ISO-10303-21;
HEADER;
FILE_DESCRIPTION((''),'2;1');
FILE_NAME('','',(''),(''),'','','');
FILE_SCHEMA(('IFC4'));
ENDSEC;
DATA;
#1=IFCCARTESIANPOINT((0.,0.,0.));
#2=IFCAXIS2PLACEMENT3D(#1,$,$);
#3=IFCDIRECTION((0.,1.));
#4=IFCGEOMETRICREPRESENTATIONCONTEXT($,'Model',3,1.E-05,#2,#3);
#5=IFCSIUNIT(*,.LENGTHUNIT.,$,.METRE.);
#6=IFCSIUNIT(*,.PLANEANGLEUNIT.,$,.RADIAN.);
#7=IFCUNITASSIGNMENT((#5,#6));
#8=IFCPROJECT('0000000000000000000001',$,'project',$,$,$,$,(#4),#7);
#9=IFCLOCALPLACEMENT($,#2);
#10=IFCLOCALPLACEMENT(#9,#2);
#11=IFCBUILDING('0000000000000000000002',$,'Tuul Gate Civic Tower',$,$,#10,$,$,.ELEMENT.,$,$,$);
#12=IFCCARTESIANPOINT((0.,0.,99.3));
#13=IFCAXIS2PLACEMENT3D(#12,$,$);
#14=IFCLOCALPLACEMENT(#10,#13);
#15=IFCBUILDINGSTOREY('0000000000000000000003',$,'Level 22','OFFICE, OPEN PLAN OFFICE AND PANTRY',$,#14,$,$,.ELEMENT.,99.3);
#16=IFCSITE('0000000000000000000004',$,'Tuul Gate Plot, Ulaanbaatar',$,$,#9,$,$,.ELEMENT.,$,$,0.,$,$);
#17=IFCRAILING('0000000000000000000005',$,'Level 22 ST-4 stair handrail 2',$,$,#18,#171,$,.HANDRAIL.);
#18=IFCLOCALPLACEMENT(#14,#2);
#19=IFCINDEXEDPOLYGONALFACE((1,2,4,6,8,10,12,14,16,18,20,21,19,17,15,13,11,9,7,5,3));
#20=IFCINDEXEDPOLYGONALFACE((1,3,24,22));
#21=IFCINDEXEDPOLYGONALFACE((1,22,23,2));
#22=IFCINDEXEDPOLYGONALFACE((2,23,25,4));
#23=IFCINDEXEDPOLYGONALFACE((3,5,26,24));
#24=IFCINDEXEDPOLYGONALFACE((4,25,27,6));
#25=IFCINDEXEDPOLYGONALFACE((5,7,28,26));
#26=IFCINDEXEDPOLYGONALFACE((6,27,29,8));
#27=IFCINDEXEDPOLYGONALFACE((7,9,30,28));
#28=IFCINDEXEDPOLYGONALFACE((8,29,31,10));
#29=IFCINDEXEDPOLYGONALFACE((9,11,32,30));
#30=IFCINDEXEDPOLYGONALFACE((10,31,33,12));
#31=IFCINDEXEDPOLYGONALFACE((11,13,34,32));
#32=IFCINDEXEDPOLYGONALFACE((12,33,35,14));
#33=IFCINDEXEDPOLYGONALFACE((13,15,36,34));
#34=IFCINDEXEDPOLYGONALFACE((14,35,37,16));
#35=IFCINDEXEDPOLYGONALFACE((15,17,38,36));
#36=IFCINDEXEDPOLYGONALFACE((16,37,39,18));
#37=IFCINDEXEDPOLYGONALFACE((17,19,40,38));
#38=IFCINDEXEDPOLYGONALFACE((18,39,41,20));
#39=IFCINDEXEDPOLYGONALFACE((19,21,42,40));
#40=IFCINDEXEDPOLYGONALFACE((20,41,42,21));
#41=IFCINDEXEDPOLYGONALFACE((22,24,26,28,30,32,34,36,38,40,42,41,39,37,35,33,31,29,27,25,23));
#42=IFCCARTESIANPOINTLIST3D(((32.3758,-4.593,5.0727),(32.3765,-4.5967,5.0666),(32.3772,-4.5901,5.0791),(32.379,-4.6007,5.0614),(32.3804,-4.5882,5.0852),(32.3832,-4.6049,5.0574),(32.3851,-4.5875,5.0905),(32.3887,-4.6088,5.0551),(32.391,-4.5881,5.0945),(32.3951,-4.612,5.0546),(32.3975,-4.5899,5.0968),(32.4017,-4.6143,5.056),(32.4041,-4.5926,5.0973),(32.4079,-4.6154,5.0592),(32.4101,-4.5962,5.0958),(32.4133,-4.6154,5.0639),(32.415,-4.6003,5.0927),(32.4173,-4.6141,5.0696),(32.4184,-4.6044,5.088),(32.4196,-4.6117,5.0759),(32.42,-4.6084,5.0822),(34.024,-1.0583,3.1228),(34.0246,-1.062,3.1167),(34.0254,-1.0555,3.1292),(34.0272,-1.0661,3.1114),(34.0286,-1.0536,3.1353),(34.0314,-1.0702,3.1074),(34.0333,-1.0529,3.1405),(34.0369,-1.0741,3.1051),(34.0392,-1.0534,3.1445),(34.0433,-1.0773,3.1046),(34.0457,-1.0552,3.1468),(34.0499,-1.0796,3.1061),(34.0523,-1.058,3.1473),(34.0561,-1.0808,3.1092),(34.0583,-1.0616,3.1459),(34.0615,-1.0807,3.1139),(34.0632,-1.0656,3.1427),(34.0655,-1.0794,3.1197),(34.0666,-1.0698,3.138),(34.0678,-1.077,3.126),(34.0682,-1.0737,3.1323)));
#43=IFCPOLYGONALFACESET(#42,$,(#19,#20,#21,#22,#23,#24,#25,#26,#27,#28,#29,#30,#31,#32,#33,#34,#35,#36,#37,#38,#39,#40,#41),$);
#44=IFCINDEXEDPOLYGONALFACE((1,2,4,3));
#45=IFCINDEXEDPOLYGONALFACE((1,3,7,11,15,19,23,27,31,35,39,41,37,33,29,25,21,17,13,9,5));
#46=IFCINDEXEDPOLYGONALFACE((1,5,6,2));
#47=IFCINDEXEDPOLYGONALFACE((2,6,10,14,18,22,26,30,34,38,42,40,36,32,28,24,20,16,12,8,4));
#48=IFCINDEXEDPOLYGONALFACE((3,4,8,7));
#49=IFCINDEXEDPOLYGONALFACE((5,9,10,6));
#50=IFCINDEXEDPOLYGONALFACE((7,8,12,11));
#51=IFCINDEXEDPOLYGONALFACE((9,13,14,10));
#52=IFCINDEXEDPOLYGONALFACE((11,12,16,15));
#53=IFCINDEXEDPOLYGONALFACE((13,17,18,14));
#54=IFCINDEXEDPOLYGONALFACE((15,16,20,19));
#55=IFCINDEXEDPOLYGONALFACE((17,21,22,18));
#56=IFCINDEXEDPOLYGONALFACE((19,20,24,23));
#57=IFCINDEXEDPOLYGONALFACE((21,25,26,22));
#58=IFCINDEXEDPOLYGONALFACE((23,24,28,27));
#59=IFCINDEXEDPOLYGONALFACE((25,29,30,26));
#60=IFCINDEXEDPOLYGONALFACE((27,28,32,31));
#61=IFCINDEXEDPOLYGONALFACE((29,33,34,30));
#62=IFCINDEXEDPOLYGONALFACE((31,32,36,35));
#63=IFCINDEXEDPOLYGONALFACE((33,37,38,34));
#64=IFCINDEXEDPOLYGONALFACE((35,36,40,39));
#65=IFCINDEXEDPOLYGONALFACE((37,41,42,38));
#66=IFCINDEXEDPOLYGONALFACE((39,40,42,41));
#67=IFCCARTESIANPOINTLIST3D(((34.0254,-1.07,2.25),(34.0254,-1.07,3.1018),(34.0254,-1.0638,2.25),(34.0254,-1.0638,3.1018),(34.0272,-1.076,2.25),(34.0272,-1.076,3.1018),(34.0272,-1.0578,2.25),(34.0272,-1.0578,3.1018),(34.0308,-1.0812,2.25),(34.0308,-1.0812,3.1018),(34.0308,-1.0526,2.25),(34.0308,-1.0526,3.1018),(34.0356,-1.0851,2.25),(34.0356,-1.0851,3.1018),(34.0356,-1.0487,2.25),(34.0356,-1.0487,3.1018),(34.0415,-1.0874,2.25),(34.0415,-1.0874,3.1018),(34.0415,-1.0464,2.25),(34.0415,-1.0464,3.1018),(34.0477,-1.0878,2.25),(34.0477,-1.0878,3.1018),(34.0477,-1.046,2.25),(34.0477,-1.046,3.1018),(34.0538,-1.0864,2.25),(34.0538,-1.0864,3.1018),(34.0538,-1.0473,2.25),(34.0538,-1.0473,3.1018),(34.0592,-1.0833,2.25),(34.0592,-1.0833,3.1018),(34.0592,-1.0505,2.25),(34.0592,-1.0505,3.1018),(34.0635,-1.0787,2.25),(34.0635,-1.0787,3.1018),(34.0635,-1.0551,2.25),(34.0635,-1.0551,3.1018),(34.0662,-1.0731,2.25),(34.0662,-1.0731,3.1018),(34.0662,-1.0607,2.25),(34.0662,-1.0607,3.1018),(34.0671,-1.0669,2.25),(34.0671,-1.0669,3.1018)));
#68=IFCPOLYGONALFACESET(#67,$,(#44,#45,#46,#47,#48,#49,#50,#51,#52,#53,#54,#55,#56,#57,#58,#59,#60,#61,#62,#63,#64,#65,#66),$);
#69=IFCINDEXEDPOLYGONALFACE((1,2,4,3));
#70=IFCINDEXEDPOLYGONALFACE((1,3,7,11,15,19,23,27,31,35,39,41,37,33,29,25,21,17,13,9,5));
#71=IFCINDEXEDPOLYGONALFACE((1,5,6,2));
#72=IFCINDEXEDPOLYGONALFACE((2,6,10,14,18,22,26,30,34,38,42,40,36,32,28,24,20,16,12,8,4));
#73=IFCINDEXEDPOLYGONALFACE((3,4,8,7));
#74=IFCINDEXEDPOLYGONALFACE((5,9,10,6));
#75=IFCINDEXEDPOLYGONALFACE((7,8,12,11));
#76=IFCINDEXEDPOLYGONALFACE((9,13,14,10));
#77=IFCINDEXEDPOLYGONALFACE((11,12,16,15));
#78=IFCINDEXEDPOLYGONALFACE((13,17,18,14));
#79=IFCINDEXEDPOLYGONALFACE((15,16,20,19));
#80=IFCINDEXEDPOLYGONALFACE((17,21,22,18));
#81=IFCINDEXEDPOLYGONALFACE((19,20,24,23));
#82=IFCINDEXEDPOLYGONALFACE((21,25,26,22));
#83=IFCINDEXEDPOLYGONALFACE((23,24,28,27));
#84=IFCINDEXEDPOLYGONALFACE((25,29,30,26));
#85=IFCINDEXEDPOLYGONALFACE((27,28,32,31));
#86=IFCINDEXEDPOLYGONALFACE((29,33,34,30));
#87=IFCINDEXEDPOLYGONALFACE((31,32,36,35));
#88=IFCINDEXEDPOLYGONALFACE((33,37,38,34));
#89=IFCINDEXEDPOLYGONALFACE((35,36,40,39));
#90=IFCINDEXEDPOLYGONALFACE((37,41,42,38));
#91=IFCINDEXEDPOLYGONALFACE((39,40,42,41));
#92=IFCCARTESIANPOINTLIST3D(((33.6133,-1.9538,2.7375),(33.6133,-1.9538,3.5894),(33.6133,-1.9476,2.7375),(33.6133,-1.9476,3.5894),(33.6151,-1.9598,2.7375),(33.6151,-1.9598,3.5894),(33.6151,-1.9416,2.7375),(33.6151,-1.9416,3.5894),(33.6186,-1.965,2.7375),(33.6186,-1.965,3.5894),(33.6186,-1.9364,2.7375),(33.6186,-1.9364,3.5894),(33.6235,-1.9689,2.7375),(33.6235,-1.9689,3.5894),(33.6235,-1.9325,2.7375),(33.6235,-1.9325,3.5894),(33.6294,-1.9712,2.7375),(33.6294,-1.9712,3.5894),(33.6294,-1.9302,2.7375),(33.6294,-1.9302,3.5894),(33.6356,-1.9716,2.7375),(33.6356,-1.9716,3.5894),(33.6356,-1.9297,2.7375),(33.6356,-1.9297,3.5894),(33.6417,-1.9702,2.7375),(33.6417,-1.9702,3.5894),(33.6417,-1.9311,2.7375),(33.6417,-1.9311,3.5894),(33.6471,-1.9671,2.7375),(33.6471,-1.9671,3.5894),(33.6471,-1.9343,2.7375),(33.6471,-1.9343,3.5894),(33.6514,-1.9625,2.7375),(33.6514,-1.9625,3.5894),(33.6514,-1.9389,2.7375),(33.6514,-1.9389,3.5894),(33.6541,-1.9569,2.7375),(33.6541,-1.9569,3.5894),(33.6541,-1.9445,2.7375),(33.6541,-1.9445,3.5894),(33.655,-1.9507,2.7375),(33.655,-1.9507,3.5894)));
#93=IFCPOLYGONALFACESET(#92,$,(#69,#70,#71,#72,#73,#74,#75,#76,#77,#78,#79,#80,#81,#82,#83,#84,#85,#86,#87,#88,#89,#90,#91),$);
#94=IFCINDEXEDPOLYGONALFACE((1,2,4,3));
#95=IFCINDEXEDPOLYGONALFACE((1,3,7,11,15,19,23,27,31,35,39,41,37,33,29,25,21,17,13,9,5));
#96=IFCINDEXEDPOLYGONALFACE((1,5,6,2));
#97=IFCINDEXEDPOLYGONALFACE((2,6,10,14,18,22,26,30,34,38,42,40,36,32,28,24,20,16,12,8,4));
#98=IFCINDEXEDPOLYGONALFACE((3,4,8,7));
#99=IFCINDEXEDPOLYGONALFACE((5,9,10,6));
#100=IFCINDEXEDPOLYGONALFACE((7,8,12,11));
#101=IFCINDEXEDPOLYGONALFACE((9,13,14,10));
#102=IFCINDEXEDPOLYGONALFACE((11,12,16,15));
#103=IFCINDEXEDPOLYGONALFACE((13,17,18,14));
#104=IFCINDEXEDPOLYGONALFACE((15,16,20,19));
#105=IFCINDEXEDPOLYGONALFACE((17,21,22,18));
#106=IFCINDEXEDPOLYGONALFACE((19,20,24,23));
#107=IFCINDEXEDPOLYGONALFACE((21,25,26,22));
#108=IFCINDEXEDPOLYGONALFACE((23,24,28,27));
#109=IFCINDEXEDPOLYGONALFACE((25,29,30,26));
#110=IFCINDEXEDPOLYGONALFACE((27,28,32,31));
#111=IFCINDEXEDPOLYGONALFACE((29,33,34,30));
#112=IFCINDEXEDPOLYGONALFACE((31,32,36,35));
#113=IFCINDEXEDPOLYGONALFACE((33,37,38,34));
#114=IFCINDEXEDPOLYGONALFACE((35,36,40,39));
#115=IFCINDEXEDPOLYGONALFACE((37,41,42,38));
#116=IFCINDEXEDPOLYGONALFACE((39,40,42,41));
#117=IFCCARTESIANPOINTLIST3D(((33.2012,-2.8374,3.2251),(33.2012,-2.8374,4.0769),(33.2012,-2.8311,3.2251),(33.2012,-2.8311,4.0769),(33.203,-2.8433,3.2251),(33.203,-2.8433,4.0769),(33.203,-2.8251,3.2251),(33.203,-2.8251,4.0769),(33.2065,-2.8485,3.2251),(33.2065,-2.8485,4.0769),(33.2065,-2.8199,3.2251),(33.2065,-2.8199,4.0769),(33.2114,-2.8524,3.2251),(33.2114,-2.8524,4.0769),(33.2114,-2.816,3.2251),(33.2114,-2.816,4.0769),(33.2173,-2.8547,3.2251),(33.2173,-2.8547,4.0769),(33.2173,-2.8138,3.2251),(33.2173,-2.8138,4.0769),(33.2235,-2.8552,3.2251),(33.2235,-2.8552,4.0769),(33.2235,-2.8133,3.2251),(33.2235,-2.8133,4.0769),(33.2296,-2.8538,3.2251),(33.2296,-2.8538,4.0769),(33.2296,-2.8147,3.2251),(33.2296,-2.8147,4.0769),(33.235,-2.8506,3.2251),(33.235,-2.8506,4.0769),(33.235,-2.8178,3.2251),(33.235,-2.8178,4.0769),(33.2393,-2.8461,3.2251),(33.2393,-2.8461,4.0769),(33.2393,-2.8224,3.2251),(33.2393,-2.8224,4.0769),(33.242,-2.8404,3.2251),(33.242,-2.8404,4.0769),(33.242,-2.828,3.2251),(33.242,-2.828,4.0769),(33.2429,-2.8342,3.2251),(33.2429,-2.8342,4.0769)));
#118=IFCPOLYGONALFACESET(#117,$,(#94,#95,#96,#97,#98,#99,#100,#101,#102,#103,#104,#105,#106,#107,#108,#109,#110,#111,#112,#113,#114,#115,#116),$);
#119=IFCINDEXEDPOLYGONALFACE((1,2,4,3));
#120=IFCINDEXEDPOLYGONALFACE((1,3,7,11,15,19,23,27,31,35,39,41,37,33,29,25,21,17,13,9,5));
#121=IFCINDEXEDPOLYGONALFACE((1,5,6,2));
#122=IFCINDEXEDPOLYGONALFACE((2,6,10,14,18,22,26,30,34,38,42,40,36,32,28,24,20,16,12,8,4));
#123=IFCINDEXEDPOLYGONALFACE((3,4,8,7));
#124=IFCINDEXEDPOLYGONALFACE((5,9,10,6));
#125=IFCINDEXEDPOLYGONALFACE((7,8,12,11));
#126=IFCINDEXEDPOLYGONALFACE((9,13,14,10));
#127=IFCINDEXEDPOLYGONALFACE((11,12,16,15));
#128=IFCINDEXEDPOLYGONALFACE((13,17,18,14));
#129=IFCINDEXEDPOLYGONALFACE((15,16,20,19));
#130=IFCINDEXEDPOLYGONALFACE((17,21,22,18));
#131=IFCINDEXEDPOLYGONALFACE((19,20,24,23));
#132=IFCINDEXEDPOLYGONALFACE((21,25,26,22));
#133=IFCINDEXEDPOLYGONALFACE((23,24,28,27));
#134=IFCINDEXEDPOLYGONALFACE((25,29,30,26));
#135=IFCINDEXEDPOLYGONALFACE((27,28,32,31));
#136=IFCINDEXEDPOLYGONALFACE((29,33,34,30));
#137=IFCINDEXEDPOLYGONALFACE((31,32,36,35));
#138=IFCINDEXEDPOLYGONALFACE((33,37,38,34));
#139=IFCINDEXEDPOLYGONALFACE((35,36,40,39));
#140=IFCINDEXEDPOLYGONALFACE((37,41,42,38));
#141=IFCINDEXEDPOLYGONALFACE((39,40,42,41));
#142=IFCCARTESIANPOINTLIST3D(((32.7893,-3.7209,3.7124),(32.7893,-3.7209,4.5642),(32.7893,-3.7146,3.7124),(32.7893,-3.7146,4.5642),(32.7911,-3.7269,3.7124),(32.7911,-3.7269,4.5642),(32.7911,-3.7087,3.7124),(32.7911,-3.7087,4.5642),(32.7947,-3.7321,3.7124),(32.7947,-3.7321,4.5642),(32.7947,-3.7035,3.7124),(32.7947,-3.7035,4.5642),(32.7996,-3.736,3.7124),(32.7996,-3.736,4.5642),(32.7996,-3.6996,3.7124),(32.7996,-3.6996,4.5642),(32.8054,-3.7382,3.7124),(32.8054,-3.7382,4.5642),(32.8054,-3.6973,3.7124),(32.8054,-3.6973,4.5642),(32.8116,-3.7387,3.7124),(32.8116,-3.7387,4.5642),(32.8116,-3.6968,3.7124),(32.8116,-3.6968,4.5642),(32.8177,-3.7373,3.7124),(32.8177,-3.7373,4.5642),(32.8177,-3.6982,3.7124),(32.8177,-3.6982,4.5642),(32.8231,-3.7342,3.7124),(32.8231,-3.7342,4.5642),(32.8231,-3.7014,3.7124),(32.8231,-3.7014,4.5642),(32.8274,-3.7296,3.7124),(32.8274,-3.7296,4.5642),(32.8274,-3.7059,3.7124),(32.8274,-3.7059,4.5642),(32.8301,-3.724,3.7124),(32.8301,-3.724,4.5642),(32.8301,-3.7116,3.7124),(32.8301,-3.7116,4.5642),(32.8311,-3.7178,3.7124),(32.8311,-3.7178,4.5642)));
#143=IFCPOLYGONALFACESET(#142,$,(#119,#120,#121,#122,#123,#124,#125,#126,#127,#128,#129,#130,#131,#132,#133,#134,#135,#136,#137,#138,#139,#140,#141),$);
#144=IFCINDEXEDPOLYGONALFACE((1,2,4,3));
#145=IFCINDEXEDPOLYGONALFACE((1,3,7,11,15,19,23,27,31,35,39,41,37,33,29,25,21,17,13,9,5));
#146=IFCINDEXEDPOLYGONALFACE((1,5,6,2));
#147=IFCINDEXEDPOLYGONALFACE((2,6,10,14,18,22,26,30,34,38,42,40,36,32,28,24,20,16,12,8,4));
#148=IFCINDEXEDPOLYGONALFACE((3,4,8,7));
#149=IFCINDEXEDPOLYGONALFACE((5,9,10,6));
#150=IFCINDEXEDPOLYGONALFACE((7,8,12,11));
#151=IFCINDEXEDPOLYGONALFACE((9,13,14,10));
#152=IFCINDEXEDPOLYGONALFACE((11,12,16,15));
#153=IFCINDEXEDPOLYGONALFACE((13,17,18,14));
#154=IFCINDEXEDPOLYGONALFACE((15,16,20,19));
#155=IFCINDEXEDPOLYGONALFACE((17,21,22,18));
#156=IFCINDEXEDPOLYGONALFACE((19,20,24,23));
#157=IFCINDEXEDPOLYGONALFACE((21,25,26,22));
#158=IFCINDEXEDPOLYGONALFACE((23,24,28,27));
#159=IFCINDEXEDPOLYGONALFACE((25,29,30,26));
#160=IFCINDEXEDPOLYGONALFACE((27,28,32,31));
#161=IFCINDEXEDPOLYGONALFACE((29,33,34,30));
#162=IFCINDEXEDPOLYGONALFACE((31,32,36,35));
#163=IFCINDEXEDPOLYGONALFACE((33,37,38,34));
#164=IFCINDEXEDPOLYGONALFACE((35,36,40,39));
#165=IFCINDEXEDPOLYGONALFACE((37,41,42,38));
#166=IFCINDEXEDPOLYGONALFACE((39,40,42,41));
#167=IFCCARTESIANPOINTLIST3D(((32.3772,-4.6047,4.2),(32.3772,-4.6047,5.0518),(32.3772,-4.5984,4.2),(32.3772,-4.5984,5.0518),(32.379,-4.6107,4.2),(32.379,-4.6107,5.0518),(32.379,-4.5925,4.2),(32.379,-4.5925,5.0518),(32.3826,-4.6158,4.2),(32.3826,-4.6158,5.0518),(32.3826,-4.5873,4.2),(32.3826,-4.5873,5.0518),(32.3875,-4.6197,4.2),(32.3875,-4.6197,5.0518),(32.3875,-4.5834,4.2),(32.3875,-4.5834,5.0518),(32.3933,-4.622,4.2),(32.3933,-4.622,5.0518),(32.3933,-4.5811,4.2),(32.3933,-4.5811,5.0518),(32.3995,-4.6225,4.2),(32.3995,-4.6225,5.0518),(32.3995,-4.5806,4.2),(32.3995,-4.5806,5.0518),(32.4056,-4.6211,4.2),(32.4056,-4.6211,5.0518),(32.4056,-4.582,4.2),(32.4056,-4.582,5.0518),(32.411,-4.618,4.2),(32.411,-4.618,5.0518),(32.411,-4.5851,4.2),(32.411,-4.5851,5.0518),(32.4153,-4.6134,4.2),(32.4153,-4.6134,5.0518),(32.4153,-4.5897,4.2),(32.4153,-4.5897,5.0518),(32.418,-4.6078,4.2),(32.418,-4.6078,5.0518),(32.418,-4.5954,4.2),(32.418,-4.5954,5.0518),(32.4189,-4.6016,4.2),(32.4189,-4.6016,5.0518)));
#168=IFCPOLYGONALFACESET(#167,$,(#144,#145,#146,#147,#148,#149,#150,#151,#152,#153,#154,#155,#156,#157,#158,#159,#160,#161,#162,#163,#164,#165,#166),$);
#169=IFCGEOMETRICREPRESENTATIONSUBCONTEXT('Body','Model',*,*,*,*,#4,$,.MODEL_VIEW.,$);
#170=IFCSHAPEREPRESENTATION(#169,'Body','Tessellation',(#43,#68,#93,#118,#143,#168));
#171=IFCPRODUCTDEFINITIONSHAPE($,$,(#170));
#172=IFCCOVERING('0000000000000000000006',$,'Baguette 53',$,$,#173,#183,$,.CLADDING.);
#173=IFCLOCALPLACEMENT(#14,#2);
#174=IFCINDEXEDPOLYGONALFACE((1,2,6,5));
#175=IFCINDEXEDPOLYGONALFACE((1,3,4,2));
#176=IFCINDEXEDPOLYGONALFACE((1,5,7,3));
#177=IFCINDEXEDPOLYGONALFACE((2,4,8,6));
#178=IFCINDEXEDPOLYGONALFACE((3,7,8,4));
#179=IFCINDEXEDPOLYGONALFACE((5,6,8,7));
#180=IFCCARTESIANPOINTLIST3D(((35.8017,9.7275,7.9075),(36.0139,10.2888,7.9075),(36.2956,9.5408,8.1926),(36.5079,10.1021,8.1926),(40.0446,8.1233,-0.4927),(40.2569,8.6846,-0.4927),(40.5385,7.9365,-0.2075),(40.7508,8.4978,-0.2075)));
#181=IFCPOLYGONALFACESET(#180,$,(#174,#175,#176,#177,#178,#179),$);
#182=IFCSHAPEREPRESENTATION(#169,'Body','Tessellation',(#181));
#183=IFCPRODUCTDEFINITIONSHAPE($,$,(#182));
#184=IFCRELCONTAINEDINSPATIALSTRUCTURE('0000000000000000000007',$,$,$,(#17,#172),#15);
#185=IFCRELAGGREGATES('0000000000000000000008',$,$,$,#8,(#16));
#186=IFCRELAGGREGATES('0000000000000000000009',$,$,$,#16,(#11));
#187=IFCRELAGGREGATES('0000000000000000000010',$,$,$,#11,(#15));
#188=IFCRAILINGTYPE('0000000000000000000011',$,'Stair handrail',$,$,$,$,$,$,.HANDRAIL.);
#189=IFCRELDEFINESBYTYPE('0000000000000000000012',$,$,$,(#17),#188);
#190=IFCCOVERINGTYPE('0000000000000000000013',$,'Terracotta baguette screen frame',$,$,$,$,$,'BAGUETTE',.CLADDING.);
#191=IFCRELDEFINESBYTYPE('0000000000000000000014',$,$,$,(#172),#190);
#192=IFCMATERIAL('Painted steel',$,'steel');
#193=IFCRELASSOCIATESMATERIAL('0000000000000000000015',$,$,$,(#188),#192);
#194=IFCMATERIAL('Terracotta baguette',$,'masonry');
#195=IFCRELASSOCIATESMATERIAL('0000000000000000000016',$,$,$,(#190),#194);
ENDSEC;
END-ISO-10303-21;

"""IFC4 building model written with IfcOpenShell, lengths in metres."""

from ifc_helpers import new_model, si_unit, direction, frame, origin, origin_2d, place, context, subcontext, project, spatial, rectangle, circle, extrude, material, material_profile, profile_set, type_object, element, save


model = new_model("IFC4")

# Units and contexts
model_context = context("Model", 3, precision=1e-05, world=origin(), true_north=direction((0.0, 1.0)))
body_context = subcontext(model_context, "Body", "Model", "MODEL_VIEW")
ifc_project = project(units=[si_unit("LENGTHUNIT", "METRE"), si_unit("PLANEANGLEUNIT", "RADIAN")], contexts=[model_context])

# Site, building, storey
site_placement = place(None, origin())
site = spatial("IfcSite", under=ifc_project, at=site_placement, Name="Tuul Gate Plot, Ulaanbaatar", CompositionType="ELEMENT", RefElevation=0.0)
building_placement = place(site_placement, origin())
building = spatial("IfcBuilding", under=site, at=building_placement, Name="Tuul Gate Civic Tower", CompositionType="ELEMENT")
storey_placement = place(building_placement, frame((0.0, 0.0, 99.3)))
storey = spatial("IfcBuildingStorey", under=building, at=storey_placement, Name="Level 22", Description="OFFICE, OPEN PLAN OFFICE AND PANTRY", CompositionType="ELEMENT", Elevation=99.3)

# Railing
ifc_material_1 = material(Name="Painted steel", Category="steel")
railing_type_1 = type_object("IfcRailingType", Name="Stair handrail", PredefinedType="HANDRAIL", material=ifc_material_1)
railing_1_placement = place(storey_placement, frame((34.0461, -1.0669, 2.25)))
element("IfcRailing", 1, at=railing_1_placement, inside=storey, type_object=railing_type_1, Name="Level 22 ST-4 stair handrail 2", PredefinedType="HANDRAIL", context=body_context, shape_type="SweptSolid", body=[
    extrude(circle(Radius=0.0239, at=origin_2d()), frame((0.0, 0.0, 0.876), z_axis=(-0.377995, -0.810637, 0.4472), x_axis=(0.906313, -0.422608, 0.0)), (0.0, 0.0, 1.0), 4.3604),
    extrude(circle(Radius=0.021, at=origin_2d()), origin(), (0.0, 0.0, 1.0), 0.8518),
    extrude(circle(Radius=0.021, at=origin_2d()), frame((-0.4121, -0.8838, 0.4875)), (0.0, 0.0, 1.0), 0.8518),
    extrude(circle(Radius=0.021, at=origin_2d()), frame((-0.8242, -1.7673, 0.9751)), (0.0, 0.0, 1.0), 0.8518),
    extrude(circle(Radius=0.021, at=origin_2d()), frame((-1.2361, -2.6509, 1.4624)), (0.0, 0.0, 1.0), 0.8518),
    extrude(circle(Radius=0.021, at=origin_2d()), frame((-1.6482, -3.5347, 1.95)), (0.0, 0.0, 1.0), 0.8518),
])

# Covering
ifc_material_2 = material(Name="Terracotta baguette", Category="masonry")
ifc_material_profile_1 = material_profile(ifc_material_2, rectangle(XDim=0.6001, YDim=0.6001, at=origin_2d()), Name="Terracotta baguette screen frame")
ifc_profile_set_1 = profile_set([ifc_material_profile_1], Name="Terracotta baguette")
covering_type = type_object("IfcCoveringType", Name="Terracotta baguette screen frame", ElementType="BAGUETTE", PredefinedType="CLADDING", material=ifc_profile_set_1)
covering_placement = place(storey_placement, frame((36.1548, 9.9148, 8.05), z_axis=(0.444441, -0.168043, -0.879906), x_axis=(0.353664, 0.935372, 0.0)))
element("IfcCovering", 2, at=covering_placement, inside=storey, type_object=covering_type, Name="Baguette 53", PredefinedType="CLADDING", context=body_context, shape_type="SweptSolid", body=[
    extrude(rectangle(XDim=0.6001, YDim=0.6001, at=origin_2d()), origin(), (0.0, 0.0, 1.0), 9.5466),
])

save(model, "model.ifc")
